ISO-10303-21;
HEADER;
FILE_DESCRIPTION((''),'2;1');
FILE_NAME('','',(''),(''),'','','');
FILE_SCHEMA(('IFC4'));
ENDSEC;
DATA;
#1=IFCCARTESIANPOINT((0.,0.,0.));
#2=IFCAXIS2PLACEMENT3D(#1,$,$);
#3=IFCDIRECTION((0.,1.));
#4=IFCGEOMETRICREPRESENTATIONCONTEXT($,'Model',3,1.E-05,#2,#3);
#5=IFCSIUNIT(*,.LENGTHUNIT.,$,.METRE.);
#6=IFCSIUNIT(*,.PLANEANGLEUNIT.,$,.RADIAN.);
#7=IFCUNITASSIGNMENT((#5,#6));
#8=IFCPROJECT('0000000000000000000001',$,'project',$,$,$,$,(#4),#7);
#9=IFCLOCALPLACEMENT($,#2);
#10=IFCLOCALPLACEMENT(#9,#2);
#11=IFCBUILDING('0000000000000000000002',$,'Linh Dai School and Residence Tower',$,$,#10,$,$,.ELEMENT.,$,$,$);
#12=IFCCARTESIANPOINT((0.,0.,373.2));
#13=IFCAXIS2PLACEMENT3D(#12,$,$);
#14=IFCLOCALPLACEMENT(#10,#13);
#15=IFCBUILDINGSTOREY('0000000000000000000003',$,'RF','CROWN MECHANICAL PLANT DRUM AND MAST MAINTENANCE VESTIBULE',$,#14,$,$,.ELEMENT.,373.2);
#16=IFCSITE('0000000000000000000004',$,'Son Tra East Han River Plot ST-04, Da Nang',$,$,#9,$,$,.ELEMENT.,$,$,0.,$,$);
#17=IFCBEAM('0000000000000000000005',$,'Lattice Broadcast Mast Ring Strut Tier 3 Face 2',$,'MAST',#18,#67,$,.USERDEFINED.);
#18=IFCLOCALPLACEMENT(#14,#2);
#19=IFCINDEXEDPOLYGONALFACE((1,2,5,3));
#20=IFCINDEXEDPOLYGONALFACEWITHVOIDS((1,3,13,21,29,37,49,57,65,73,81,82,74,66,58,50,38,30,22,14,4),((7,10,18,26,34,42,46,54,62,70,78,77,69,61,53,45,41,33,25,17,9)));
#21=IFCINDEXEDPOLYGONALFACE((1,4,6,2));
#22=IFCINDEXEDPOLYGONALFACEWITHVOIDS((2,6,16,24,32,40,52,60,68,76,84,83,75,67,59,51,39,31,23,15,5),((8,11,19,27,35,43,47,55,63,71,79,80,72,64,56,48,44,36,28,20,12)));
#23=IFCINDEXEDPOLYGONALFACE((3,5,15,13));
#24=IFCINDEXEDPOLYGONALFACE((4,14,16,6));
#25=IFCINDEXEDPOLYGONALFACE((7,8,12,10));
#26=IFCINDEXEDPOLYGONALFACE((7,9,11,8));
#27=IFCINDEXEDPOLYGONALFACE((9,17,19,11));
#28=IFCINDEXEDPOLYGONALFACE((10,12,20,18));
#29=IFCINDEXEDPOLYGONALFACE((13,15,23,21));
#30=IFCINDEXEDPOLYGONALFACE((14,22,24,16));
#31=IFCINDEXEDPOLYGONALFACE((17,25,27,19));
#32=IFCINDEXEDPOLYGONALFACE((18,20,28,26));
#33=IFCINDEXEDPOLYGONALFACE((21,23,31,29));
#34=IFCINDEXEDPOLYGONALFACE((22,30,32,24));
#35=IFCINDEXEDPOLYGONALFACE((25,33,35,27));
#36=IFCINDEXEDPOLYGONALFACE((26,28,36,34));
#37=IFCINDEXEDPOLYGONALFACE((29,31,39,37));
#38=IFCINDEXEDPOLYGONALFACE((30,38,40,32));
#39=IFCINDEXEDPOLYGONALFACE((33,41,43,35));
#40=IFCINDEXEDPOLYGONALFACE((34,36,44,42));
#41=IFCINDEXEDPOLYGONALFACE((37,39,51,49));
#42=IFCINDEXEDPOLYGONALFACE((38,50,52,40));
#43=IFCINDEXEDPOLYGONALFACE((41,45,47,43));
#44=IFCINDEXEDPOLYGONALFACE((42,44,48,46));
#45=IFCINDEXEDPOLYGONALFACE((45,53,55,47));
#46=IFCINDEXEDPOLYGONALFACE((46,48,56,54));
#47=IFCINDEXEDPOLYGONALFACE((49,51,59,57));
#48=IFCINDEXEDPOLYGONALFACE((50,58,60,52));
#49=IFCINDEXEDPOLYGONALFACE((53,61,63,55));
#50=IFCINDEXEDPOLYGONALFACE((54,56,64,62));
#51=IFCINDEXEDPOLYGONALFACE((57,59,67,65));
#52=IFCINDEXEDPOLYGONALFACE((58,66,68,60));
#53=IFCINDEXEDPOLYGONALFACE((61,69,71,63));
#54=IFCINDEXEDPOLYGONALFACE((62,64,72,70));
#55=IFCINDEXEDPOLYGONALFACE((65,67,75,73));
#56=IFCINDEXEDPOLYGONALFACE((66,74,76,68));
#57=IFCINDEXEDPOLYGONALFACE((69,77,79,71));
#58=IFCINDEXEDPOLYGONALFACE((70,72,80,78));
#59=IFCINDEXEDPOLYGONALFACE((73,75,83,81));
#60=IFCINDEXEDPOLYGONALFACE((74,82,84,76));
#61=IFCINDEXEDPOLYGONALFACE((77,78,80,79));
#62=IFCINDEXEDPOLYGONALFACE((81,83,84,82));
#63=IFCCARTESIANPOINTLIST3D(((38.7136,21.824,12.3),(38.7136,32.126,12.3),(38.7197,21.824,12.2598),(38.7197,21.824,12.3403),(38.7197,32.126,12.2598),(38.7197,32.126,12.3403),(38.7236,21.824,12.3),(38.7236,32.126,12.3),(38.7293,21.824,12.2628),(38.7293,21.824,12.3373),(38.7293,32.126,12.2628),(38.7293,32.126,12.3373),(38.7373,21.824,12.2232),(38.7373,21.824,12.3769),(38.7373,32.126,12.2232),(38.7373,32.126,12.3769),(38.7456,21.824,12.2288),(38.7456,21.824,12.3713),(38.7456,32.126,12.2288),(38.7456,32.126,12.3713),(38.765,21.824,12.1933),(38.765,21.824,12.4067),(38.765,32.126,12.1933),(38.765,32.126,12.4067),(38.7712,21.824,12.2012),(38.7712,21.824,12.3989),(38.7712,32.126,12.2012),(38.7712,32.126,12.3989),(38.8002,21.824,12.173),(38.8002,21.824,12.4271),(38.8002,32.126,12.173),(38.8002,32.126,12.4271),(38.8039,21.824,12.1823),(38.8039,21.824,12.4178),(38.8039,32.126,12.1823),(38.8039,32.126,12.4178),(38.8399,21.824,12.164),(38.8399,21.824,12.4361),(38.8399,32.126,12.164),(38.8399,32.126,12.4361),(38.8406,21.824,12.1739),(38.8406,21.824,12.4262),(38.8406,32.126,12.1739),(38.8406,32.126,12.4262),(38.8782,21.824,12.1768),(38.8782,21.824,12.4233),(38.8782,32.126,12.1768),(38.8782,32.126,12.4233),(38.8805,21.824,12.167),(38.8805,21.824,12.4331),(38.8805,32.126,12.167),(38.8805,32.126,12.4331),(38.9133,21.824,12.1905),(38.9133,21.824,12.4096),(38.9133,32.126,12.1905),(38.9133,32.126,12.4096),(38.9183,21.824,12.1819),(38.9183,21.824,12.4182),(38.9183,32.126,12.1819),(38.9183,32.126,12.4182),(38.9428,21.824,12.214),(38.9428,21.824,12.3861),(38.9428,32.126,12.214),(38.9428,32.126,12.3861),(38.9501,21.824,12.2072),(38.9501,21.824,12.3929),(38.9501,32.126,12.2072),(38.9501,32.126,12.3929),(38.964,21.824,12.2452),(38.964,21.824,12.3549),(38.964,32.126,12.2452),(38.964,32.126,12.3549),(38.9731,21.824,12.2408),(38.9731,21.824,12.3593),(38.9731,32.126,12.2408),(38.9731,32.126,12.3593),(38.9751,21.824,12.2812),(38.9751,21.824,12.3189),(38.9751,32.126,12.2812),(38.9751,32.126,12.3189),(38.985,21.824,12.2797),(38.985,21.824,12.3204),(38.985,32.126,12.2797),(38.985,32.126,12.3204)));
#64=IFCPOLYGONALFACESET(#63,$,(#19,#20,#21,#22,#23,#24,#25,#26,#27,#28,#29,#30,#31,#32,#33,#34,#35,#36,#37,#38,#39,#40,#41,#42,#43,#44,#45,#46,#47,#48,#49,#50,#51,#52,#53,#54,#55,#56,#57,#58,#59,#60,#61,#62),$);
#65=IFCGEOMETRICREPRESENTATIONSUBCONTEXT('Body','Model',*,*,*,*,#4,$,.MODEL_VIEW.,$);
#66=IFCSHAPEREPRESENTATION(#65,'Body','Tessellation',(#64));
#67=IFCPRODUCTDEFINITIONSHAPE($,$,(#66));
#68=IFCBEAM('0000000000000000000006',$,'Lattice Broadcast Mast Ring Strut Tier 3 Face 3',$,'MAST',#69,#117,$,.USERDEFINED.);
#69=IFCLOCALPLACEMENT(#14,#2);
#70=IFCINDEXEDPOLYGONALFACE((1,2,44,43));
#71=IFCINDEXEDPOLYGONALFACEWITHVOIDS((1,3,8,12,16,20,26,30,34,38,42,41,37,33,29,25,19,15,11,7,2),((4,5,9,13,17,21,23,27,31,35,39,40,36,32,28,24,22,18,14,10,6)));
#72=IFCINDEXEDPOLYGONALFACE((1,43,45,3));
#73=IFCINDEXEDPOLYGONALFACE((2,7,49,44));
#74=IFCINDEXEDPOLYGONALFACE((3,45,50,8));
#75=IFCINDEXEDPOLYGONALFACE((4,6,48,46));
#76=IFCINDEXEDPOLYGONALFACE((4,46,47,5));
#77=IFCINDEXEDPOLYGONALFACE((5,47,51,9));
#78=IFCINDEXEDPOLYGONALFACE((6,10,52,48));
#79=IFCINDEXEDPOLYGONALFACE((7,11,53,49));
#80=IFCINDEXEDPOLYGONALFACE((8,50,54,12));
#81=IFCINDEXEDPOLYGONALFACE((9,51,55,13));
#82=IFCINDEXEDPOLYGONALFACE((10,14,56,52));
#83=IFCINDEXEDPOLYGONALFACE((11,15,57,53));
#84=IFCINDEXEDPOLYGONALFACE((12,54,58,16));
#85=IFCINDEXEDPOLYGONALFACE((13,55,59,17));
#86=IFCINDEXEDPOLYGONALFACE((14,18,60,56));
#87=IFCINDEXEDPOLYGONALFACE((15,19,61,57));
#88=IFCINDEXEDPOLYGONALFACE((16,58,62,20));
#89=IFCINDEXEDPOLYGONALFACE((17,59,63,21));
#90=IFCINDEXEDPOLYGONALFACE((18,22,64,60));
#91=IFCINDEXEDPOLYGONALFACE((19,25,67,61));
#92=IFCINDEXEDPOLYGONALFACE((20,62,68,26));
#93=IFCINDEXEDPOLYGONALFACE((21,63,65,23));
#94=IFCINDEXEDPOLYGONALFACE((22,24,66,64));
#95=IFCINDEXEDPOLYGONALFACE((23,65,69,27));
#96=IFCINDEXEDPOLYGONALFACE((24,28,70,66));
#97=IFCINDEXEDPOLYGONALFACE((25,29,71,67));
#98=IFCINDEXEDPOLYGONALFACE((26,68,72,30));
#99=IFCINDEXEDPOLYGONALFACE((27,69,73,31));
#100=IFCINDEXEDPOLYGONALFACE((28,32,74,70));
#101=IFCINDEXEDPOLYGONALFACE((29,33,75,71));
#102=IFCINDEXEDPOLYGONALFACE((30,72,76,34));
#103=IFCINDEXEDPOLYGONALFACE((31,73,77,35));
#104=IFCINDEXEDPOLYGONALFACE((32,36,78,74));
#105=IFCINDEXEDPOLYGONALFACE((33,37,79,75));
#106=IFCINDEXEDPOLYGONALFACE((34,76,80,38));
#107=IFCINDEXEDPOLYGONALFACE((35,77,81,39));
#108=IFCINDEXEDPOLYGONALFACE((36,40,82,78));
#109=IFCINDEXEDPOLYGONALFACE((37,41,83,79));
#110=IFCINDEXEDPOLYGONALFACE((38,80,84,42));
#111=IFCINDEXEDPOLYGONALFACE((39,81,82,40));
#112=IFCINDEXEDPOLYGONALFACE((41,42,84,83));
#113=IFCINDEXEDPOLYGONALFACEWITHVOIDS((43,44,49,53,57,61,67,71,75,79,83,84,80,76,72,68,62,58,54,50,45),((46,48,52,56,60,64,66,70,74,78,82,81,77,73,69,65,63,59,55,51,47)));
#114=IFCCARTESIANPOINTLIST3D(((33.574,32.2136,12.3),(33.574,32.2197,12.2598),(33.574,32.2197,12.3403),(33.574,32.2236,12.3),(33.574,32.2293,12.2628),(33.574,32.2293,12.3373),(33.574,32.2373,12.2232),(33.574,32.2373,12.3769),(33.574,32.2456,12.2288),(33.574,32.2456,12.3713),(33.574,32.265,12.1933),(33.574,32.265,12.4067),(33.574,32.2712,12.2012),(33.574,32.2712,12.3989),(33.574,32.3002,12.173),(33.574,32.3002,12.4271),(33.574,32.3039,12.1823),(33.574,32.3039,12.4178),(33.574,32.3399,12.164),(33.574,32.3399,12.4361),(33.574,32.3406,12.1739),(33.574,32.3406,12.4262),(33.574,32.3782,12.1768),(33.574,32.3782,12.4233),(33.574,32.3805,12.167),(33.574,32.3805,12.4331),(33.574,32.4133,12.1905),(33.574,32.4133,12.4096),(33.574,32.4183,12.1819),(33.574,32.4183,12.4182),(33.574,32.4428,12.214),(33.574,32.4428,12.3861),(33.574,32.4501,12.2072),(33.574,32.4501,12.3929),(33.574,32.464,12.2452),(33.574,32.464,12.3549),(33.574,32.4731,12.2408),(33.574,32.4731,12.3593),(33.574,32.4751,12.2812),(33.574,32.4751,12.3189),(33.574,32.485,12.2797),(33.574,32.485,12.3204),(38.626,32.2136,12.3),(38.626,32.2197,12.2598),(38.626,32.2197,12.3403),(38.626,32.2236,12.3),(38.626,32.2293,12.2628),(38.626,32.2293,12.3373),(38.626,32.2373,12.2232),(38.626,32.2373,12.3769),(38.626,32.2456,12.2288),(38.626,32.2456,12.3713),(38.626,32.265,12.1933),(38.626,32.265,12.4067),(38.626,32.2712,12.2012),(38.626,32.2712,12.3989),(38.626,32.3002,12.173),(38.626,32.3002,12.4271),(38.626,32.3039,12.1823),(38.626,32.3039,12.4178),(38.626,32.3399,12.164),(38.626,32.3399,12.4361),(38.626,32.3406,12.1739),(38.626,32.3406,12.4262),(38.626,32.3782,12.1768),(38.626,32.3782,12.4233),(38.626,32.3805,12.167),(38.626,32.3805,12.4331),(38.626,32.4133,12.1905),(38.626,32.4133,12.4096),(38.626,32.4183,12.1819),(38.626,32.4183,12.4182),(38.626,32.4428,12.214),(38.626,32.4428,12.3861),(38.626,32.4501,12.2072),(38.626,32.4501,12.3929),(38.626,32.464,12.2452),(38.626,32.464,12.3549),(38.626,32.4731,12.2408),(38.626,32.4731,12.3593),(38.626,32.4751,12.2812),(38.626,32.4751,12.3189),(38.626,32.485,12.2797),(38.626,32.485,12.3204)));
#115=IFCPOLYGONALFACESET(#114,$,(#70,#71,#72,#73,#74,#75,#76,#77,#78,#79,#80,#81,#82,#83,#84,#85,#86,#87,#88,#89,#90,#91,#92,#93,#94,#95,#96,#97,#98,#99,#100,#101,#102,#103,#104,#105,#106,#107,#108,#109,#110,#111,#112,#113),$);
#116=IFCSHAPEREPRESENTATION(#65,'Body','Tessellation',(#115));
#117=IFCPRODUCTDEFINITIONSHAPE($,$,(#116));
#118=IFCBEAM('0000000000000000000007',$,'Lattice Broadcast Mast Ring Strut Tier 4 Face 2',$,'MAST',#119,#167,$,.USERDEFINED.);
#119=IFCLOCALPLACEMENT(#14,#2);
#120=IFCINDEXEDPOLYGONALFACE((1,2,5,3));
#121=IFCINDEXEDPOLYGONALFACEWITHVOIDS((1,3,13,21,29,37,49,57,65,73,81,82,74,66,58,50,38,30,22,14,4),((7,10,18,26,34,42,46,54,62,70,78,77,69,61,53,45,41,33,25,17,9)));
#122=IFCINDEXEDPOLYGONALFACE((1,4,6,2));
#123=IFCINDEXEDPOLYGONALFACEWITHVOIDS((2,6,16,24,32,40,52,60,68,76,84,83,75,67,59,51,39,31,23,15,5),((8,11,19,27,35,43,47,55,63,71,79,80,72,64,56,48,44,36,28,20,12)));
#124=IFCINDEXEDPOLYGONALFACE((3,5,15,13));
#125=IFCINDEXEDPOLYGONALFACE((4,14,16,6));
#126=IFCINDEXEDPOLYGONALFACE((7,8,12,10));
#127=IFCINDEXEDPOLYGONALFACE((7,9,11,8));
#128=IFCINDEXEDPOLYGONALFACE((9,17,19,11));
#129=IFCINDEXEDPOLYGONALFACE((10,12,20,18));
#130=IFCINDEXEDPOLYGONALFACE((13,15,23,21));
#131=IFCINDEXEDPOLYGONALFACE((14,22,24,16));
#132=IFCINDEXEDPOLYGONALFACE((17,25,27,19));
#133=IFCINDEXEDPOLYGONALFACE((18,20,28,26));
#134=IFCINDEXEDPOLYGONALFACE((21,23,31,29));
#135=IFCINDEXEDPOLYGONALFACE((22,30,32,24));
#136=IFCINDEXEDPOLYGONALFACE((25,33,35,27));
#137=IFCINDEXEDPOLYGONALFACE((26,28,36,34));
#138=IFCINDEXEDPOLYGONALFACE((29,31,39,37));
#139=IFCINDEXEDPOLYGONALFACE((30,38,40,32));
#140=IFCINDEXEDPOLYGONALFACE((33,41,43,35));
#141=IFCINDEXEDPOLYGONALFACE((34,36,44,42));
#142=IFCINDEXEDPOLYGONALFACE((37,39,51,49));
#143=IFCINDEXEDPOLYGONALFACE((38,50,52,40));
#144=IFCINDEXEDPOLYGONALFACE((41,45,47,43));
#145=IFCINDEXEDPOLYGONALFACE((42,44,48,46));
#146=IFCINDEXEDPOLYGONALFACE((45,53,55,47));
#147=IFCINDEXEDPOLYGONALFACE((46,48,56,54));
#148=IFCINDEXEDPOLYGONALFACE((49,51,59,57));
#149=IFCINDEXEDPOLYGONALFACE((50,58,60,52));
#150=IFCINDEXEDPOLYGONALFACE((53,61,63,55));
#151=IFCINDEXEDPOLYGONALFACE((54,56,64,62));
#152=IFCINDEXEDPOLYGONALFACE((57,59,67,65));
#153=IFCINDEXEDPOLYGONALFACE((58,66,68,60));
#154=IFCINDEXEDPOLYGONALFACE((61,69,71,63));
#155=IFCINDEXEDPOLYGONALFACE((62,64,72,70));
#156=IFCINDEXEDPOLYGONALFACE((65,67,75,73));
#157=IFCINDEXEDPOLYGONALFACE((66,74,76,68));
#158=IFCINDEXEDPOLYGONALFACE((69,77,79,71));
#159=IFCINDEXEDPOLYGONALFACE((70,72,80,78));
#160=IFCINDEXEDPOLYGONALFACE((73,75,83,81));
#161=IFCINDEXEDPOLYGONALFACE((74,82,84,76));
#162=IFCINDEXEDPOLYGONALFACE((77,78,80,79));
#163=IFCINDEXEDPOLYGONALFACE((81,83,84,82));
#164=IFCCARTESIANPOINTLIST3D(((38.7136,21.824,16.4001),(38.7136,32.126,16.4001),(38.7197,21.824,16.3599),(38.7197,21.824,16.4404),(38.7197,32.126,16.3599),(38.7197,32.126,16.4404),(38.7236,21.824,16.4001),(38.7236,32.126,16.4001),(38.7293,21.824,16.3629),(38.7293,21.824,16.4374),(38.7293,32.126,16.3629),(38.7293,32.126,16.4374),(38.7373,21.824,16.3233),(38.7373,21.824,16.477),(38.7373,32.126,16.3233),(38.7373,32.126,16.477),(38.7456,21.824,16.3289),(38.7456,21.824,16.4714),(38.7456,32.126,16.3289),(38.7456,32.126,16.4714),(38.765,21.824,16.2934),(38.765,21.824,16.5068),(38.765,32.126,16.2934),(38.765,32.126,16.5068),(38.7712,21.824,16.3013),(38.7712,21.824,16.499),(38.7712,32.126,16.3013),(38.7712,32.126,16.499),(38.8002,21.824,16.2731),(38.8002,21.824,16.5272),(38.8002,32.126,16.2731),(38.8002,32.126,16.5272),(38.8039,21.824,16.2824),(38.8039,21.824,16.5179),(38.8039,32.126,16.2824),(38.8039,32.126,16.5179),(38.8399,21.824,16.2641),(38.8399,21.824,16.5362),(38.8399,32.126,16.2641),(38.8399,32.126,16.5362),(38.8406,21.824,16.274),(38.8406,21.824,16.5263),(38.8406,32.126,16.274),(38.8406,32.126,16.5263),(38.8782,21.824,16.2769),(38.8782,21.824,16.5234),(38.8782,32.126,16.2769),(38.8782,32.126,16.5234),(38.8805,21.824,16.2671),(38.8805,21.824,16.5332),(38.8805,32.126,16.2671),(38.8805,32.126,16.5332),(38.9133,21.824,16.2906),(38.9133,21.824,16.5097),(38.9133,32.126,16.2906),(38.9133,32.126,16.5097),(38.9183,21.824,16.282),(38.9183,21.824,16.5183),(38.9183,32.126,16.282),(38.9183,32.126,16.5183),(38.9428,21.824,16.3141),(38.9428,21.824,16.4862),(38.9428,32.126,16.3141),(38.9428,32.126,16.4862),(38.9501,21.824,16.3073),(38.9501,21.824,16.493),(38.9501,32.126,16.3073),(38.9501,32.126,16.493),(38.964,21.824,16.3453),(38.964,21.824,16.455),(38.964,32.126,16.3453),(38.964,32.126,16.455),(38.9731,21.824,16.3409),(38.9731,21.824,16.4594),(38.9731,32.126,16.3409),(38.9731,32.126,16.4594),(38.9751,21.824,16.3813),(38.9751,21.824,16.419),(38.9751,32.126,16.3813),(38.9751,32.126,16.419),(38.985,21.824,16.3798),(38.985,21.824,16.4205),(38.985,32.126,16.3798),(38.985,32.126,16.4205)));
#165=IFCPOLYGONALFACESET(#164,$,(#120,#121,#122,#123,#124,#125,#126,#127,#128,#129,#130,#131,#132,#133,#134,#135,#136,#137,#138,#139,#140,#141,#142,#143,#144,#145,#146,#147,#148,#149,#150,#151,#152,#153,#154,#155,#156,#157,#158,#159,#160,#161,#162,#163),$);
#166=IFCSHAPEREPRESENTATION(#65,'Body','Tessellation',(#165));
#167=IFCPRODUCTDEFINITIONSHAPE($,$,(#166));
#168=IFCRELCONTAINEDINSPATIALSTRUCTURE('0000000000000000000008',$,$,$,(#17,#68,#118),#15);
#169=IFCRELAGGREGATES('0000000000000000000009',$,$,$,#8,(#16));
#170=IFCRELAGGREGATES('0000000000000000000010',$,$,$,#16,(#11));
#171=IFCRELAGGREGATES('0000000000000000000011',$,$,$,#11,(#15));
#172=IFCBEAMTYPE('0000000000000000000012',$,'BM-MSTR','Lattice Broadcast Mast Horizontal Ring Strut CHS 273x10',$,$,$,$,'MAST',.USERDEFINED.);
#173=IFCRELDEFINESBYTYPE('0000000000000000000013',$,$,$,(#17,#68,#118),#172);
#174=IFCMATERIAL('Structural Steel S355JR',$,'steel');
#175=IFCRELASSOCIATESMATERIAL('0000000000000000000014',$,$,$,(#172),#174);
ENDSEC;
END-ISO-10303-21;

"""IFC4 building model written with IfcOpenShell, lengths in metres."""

from ifc_helpers import new_model, si_unit, direction, frame, origin, origin_2d, place, context, subcontext, project, spatial, hollow_circle, extrude, material, material_profile, profile_set, type_object, element, save


model = new_model("IFC4")

# Units and contexts
model_context = context("Model", 3, precision=1e-05, world=origin(), true_north=direction((0.0, 1.0)))
body_context = subcontext(model_context, "Body", "Model", "MODEL_VIEW")
ifc_project = project(units=[si_unit("LENGTHUNIT", "METRE"), si_unit("PLANEANGLEUNIT", "RADIAN")], contexts=[model_context])

# Site, building, storey
site_placement = place(None, origin())
site = spatial("IfcSite", under=ifc_project, at=site_placement, Name="Son Tra East Han River Plot ST-04, Da Nang", CompositionType="ELEMENT", RefElevation=0.0)
building_placement = place(site_placement, origin())
building = spatial("IfcBuilding", under=site, at=building_placement, Name="Linh Dai School and Residence Tower", CompositionType="ELEMENT")
storey_placement = place(building_placement, frame((0.0, 0.0, 373.2)))
storey = spatial("IfcBuildingStorey", under=building, at=storey_placement, Name="RF", Description="CROWN MECHANICAL PLANT DRUM AND MAST MAINTENANCE VESTIBULE", CompositionType="ELEMENT", Elevation=373.2)

# Beams
ifc_material = material(Name="Structural Steel S355JR", Category="steel")
ifc_material_profile_1 = material_profile(ifc_material, hollow_circle(Radius=0.1365, WallThickness=0.01, at=origin_2d()), Name="CHS 273x10")
ifc_profile_set_1 = profile_set([ifc_material_profile_1], Name="Structural Steel S355JR")
beam_type = type_object("IfcBeamType", Name="BM-MSTR", Description="Lattice Broadcast Mast Horizontal Ring Strut CHS 273x10", ElementType="MAST", PredefinedType="USERDEFINED", material=ifc_profile_set_1)
beam_1_placement = place(storey_placement, frame((38.8501, 21.824, 12.3), z_axis=(0.0, 1.0, 0.0), x_axis=(-1.0, 0.0, 0.0)))
element("IfcBeam", 1, at=beam_1_placement, inside=storey, type_object=beam_type, Name="Lattice Broadcast Mast Ring Strut Tier 3 Face 2", ObjectType="MAST", PredefinedType="USERDEFINED", context=body_context, shape_type="SweptSolid", body=[
    extrude(hollow_circle(Radius=0.1365, WallThickness=0.01, at=origin_2d()), origin(), (0.0, 0.0, 1.0), 10.302),
])
beam_2_placement = place(storey_placement, frame((38.626, 32.3501, 12.3), z_axis=(-1.0, 0.0, 0.0), x_axis=(0.0, -1.0, 0.0)))
element("IfcBeam", 2, at=beam_2_placement, inside=storey, type_object=beam_type, Name="Lattice Broadcast Mast Ring Strut Tier 3 Face 3", ObjectType="MAST", PredefinedType="USERDEFINED", context=body_context, shape_type="SweptSolid", body=[
    extrude(hollow_circle(Radius=0.1365, WallThickness=0.01, at=origin_2d()), origin(), (0.0, 0.0, 1.0), 5.052),
])
beam_3_placement = place(storey_placement, frame((38.8501, 21.824, 16.4001), z_axis=(0.0, 1.0, 0.0), x_axis=(-1.0, 0.0, 0.0)))
element("IfcBeam", 3, at=beam_3_placement, inside=storey, type_object=beam_type, Name="Lattice Broadcast Mast Ring Strut Tier 4 Face 2", ObjectType="MAST", PredefinedType="USERDEFINED", context=body_context, shape_type="SweptSolid", body=[
    extrude(hollow_circle(Radius=0.1365, WallThickness=0.01, at=origin_2d()), origin(), (0.0, 0.0, 1.0), 10.302),
])

save(model, "model.ifc")
